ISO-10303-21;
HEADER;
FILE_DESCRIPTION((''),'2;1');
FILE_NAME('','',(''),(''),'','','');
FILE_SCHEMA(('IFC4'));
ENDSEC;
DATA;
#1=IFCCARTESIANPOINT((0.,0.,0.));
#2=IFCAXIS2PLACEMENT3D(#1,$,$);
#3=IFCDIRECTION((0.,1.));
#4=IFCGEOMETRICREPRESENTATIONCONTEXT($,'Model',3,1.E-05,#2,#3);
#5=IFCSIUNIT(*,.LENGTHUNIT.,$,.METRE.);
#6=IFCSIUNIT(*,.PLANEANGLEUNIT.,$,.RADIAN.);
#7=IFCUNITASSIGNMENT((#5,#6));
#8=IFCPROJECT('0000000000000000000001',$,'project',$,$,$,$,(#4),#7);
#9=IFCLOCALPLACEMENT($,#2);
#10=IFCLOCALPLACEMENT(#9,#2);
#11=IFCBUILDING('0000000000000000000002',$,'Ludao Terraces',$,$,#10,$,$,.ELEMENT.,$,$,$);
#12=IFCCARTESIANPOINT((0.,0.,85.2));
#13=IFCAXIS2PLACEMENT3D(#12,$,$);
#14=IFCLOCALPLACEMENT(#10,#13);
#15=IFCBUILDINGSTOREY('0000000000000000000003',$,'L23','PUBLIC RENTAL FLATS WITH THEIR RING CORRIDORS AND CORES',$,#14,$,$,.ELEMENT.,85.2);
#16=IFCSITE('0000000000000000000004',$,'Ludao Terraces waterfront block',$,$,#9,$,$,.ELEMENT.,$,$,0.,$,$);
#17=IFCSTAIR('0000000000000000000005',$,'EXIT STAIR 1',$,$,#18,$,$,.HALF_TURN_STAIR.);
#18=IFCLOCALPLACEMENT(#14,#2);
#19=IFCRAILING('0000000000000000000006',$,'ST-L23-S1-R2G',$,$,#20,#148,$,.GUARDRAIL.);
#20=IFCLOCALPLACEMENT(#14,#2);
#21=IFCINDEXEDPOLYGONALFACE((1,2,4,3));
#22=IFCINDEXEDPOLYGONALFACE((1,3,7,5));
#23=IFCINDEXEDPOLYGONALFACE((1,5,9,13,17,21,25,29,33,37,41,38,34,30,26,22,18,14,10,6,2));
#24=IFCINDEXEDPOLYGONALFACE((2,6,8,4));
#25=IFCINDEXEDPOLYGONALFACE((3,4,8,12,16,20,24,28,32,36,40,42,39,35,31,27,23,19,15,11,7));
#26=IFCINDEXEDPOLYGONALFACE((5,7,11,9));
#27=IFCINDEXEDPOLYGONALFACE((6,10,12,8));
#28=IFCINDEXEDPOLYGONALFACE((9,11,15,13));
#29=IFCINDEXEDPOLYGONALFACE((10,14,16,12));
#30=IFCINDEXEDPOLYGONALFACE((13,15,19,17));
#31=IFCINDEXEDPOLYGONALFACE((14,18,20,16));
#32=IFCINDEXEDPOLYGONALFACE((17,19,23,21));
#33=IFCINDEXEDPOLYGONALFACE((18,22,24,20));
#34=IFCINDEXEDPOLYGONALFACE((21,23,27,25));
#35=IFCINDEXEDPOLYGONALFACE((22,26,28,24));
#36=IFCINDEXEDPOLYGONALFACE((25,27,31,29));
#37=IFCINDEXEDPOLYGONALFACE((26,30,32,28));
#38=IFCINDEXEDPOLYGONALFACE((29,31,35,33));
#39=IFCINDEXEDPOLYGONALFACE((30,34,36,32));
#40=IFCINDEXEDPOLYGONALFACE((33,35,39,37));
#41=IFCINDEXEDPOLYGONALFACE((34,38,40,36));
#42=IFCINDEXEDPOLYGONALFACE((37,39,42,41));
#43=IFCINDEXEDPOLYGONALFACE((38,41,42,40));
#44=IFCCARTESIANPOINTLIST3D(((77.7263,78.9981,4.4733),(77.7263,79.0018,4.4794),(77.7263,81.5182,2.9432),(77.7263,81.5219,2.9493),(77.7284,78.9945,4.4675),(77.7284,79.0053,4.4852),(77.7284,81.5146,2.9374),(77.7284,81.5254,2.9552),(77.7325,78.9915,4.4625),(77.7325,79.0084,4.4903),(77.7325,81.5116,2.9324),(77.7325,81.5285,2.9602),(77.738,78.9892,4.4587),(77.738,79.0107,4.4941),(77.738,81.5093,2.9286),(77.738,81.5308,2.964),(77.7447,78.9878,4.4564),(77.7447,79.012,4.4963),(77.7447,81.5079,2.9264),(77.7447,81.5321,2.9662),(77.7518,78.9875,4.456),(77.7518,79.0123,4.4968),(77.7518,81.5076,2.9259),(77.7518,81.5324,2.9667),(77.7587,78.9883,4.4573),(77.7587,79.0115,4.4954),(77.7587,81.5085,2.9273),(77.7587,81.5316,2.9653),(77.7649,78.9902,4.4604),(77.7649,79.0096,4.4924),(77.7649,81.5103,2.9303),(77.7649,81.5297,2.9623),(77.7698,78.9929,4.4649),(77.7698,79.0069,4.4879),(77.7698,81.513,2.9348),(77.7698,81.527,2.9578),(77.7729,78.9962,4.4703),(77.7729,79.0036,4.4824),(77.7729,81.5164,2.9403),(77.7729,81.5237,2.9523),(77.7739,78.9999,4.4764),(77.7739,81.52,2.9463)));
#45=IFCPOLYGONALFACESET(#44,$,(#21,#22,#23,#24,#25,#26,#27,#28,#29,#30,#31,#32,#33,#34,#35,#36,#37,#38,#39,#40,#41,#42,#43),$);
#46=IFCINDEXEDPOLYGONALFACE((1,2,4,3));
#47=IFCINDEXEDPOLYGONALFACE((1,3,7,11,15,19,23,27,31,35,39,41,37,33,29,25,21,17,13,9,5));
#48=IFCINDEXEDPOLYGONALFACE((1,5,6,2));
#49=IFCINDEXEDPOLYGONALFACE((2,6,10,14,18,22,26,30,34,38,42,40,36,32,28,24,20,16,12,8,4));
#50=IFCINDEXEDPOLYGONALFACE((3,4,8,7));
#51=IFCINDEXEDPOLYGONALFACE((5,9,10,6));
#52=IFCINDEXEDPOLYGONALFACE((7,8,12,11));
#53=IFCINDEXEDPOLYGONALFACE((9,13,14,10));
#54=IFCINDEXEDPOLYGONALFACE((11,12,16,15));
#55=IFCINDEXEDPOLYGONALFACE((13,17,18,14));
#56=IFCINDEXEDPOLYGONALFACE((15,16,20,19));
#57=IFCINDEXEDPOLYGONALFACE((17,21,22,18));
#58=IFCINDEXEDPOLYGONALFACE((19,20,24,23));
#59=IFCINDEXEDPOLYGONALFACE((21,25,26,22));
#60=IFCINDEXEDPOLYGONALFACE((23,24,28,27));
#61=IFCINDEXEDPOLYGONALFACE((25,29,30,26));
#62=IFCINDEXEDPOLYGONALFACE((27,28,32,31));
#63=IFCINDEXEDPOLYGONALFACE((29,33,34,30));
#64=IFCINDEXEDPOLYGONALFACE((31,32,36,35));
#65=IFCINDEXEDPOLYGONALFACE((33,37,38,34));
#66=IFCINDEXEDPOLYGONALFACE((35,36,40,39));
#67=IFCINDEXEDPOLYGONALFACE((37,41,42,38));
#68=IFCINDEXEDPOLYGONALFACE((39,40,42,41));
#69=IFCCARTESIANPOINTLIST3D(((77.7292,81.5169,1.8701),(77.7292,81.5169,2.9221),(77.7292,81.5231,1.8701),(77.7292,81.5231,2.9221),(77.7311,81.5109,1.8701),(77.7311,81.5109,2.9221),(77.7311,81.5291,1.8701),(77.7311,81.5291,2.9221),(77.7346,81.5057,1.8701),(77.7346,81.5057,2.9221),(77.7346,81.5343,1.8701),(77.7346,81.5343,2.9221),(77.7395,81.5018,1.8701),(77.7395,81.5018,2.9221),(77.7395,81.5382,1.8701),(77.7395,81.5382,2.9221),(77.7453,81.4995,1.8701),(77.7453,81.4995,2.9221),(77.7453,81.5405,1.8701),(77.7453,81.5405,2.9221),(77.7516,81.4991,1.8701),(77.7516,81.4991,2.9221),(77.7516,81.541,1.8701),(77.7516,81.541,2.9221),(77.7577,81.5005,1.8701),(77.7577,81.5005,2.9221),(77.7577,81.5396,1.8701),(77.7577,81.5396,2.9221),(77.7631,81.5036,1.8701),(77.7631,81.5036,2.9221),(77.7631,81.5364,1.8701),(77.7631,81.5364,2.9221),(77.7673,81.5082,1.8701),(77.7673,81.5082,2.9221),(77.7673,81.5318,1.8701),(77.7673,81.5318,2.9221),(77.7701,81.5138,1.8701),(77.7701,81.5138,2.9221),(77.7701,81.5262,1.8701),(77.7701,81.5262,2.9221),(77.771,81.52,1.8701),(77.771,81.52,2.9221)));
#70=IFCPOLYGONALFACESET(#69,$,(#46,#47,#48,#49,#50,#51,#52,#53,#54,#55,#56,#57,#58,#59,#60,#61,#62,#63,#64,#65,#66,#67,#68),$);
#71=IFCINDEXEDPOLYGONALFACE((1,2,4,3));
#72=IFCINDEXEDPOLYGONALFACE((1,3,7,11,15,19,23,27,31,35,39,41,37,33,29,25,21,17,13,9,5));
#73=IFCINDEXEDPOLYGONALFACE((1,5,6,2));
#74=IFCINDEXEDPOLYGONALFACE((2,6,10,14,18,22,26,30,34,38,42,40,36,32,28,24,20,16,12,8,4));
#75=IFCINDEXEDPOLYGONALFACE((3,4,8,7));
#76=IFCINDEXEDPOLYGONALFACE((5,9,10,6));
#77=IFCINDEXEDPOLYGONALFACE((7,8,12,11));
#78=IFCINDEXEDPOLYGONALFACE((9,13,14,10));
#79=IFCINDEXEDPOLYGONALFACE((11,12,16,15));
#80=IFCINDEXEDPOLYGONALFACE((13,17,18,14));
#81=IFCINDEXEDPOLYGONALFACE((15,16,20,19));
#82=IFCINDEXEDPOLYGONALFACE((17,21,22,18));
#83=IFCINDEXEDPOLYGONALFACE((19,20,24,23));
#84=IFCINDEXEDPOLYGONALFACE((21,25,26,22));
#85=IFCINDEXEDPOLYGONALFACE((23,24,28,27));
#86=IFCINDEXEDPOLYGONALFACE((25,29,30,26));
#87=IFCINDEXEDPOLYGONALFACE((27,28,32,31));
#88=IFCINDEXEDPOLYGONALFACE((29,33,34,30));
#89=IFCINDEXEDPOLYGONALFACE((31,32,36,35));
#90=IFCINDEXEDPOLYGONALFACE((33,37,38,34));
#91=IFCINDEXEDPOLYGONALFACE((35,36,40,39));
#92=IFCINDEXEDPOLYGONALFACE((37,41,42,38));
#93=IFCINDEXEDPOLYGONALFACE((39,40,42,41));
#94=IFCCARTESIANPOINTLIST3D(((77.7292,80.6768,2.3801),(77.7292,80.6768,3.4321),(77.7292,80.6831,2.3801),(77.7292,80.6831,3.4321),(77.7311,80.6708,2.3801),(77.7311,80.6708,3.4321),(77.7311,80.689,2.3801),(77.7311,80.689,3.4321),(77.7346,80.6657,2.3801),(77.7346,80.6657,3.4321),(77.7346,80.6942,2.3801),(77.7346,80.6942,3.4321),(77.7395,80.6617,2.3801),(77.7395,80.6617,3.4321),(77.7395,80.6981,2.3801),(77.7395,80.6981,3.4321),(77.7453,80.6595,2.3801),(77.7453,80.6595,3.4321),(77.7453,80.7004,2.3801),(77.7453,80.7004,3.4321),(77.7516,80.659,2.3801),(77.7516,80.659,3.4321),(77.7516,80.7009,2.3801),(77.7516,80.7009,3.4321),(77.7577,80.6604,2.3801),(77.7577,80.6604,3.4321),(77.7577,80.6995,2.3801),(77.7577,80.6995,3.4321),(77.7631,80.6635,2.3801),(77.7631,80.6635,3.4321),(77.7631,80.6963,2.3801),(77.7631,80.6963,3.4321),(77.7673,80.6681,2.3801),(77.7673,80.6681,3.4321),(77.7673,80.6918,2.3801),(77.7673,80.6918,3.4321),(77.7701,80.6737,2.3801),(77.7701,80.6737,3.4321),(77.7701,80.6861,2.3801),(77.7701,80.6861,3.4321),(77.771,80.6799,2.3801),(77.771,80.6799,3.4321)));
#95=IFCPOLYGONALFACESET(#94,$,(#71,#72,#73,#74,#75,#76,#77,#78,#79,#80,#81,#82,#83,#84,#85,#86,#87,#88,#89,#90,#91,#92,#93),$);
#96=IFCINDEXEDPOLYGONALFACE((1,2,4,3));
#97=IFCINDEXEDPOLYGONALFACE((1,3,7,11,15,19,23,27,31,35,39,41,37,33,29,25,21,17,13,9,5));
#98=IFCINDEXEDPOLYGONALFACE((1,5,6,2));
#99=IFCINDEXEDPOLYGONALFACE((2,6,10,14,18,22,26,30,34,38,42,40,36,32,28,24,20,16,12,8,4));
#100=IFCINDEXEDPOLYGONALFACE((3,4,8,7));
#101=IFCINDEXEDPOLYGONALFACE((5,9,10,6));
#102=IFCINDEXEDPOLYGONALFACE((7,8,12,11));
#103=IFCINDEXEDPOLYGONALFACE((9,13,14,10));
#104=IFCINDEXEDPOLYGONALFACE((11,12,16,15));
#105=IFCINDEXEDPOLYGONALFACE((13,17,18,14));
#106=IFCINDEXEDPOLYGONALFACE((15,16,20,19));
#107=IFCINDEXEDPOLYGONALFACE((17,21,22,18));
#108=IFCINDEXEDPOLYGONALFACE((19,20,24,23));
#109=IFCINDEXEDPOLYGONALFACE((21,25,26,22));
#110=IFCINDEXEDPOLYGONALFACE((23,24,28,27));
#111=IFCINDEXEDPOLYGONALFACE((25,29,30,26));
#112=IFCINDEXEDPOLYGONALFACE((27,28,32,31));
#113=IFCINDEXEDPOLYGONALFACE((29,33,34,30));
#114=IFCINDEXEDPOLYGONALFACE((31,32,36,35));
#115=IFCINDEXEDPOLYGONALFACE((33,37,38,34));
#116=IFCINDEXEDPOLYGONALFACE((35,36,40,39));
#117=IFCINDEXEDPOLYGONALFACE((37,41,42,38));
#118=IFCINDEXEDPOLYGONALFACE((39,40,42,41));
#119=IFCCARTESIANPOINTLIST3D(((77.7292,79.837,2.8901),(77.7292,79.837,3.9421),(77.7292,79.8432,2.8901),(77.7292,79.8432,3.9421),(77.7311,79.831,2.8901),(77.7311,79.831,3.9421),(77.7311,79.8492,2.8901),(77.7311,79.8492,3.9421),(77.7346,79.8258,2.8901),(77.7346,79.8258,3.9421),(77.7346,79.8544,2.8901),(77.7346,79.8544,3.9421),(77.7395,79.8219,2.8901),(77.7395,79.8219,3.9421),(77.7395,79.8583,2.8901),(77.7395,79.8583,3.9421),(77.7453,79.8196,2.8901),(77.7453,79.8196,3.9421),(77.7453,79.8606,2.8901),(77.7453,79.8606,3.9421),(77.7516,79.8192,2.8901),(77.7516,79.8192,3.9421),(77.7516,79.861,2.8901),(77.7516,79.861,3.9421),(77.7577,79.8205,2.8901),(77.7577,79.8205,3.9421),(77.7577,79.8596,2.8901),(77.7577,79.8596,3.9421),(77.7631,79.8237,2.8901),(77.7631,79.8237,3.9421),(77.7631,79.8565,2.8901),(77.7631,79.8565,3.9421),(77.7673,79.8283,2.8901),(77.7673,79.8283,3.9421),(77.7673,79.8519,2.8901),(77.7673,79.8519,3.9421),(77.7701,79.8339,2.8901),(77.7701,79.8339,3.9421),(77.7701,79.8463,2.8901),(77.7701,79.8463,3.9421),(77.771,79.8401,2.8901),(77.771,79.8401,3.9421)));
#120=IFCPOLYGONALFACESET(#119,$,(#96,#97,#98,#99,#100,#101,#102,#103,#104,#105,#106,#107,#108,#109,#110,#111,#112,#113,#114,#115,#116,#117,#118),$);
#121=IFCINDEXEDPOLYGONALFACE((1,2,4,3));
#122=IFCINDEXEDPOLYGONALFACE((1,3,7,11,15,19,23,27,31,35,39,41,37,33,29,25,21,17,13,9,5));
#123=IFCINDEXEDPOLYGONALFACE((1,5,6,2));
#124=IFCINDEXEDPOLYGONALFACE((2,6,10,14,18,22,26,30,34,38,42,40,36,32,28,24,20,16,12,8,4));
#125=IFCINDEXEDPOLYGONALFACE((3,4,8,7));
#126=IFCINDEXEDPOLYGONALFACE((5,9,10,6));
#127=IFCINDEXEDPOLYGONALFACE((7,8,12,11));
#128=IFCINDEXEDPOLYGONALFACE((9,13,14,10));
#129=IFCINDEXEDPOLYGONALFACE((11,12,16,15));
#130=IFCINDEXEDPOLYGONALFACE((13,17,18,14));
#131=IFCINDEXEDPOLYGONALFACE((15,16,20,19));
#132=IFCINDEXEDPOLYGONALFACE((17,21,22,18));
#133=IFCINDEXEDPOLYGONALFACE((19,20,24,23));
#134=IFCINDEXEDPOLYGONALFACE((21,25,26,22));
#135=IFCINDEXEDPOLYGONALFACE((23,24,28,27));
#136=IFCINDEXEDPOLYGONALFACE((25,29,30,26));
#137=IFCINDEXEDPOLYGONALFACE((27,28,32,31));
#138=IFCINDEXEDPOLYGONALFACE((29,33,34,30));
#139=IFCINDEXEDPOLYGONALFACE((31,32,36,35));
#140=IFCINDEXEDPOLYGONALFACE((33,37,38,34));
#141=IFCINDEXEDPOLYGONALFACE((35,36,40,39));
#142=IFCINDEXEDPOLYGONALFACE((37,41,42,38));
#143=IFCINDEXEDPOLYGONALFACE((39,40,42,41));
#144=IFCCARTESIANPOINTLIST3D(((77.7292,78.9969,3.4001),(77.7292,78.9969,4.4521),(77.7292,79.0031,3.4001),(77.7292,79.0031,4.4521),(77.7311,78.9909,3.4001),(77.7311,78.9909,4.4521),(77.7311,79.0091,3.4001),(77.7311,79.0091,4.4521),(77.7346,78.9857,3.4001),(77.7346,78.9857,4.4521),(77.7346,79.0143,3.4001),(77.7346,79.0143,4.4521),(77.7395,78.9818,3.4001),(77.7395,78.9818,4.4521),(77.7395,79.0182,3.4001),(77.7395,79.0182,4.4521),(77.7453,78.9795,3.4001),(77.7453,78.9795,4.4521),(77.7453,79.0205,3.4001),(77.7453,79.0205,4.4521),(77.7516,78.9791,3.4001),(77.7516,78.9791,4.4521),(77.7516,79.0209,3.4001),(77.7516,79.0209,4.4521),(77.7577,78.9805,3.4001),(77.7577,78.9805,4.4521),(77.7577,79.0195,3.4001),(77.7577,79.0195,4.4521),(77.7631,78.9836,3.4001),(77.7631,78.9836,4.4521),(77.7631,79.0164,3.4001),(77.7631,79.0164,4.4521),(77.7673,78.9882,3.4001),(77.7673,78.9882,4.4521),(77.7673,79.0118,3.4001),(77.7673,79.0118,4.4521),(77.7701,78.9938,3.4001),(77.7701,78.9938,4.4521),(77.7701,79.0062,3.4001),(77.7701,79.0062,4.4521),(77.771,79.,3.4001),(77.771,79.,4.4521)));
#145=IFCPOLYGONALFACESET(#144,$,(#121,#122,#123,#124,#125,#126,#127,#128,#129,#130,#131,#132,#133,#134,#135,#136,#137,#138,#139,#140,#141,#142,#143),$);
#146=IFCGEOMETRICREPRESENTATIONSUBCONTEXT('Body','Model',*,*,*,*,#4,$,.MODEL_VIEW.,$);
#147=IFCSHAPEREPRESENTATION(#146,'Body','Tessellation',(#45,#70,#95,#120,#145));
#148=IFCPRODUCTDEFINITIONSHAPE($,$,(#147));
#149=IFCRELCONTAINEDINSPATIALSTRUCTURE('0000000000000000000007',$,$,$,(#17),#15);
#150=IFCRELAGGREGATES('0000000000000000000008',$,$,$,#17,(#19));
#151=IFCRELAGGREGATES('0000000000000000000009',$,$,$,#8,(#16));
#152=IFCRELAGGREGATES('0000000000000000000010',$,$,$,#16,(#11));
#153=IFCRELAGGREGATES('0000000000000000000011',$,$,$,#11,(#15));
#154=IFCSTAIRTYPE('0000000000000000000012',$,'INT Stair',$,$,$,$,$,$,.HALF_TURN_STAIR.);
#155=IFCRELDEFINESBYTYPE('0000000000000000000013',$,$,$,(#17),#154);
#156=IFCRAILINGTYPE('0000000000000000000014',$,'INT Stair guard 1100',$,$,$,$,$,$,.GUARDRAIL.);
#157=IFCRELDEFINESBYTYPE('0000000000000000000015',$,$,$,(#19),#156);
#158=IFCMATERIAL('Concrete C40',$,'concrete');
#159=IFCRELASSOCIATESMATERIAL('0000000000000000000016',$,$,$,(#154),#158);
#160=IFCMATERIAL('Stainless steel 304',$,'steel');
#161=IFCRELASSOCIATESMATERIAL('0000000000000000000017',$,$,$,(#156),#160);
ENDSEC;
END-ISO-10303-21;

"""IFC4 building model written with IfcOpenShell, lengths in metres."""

from ifc_helpers import new_model, si_unit, direction, frame, origin, origin_2d, place, context, subcontext, project, spatial, circle, extrude, material, type_object, element, aggregate, save


model = new_model("IFC4")

# Units and contexts
model_context = context("Model", 3, precision=1e-05, world=origin(), true_north=direction((0.0, 1.0)))
body_context = subcontext(model_context, "Body", "Model", "MODEL_VIEW")
ifc_project = project(units=[si_unit("LENGTHUNIT", "METRE"), si_unit("PLANEANGLEUNIT", "RADIAN")], contexts=[model_context])

# Site, building, storey
site_placement = place(None, origin())
site = spatial("IfcSite", under=ifc_project, at=site_placement, Name="Ludao Terraces waterfront block", CompositionType="ELEMENT", RefElevation=0.0)
building_placement = place(site_placement, origin())
building = spatial("IfcBuilding", under=site, at=building_placement, Name="Ludao Terraces", CompositionType="ELEMENT")
storey_placement = place(building_placement, frame((0.0, 0.0, 85.2)))
storey = spatial("IfcBuildingStorey", under=building, at=storey_placement, Name="L23", Description="PUBLIC RENTAL FLATS WITH THEIR RING CORRIDORS AND CORES", CompositionType="ELEMENT", Elevation=85.2)

# Shared definitions
ifc_material_1 = material(Name="Stainless steel 304", Category="steel")

# Stair, railing
ifc_material_2 = material(Name="Concrete C40", Category="concrete")
stair_type = type_object("IfcStairType", Name="INT Stair", PredefinedType="HALF_TURN_STAIR", material=ifc_material_2)
stair_placement = place(storey_placement, origin())
stair = element("IfcStair", 1, at=stair_placement, inside=storey, type_object=stair_type, Name="EXIT STAIR 1", PredefinedType="HALF_TURN_STAIR")
railing_type_1 = type_object("IfcRailingType", Name="INT Stair guard 1100", PredefinedType="GUARDRAIL", material=ifc_material_1)
railing_1_placement = place(storey_placement, frame((77.75, 81.52, 1.8701)))
railing_1 = element("IfcRailing", 2, at=railing_1_placement, type_object=railing_type_1, Name="ST-L23-S1-R2G", PredefinedType="GUARDRAIL", context=body_context, shape_type="SweptSolid", body=[
    extrude(circle(Radius=0.0239, at=origin_2d()), frame((0.0, 0.0, 1.0762), z_axis=(0.0, -0.854785, 0.518982), x_axis=(1.0, 0.0, 0.0)), (0.0, 0.0, 1.0), 2.9482),
    extrude(circle(Radius=0.021, at=origin_2d()), origin(), (0.0, 0.0, 1.0), 1.052),
    extrude(circle(Radius=0.021, at=origin_2d()), frame((0.0, -0.8401, 0.51)), (0.0, 0.0, 1.0), 1.052),
    extrude(circle(Radius=0.021, at=origin_2d()), frame((0.0, -1.6799, 1.02)), (0.0, 0.0, 1.0), 1.052),
    extrude(circle(Radius=0.021, at=origin_2d()), frame((0.0, -2.52, 1.53)), (0.0, 0.0, 1.0), 1.052),
])
aggregate(stair, [railing_1])

save(model, "model.ifc")
